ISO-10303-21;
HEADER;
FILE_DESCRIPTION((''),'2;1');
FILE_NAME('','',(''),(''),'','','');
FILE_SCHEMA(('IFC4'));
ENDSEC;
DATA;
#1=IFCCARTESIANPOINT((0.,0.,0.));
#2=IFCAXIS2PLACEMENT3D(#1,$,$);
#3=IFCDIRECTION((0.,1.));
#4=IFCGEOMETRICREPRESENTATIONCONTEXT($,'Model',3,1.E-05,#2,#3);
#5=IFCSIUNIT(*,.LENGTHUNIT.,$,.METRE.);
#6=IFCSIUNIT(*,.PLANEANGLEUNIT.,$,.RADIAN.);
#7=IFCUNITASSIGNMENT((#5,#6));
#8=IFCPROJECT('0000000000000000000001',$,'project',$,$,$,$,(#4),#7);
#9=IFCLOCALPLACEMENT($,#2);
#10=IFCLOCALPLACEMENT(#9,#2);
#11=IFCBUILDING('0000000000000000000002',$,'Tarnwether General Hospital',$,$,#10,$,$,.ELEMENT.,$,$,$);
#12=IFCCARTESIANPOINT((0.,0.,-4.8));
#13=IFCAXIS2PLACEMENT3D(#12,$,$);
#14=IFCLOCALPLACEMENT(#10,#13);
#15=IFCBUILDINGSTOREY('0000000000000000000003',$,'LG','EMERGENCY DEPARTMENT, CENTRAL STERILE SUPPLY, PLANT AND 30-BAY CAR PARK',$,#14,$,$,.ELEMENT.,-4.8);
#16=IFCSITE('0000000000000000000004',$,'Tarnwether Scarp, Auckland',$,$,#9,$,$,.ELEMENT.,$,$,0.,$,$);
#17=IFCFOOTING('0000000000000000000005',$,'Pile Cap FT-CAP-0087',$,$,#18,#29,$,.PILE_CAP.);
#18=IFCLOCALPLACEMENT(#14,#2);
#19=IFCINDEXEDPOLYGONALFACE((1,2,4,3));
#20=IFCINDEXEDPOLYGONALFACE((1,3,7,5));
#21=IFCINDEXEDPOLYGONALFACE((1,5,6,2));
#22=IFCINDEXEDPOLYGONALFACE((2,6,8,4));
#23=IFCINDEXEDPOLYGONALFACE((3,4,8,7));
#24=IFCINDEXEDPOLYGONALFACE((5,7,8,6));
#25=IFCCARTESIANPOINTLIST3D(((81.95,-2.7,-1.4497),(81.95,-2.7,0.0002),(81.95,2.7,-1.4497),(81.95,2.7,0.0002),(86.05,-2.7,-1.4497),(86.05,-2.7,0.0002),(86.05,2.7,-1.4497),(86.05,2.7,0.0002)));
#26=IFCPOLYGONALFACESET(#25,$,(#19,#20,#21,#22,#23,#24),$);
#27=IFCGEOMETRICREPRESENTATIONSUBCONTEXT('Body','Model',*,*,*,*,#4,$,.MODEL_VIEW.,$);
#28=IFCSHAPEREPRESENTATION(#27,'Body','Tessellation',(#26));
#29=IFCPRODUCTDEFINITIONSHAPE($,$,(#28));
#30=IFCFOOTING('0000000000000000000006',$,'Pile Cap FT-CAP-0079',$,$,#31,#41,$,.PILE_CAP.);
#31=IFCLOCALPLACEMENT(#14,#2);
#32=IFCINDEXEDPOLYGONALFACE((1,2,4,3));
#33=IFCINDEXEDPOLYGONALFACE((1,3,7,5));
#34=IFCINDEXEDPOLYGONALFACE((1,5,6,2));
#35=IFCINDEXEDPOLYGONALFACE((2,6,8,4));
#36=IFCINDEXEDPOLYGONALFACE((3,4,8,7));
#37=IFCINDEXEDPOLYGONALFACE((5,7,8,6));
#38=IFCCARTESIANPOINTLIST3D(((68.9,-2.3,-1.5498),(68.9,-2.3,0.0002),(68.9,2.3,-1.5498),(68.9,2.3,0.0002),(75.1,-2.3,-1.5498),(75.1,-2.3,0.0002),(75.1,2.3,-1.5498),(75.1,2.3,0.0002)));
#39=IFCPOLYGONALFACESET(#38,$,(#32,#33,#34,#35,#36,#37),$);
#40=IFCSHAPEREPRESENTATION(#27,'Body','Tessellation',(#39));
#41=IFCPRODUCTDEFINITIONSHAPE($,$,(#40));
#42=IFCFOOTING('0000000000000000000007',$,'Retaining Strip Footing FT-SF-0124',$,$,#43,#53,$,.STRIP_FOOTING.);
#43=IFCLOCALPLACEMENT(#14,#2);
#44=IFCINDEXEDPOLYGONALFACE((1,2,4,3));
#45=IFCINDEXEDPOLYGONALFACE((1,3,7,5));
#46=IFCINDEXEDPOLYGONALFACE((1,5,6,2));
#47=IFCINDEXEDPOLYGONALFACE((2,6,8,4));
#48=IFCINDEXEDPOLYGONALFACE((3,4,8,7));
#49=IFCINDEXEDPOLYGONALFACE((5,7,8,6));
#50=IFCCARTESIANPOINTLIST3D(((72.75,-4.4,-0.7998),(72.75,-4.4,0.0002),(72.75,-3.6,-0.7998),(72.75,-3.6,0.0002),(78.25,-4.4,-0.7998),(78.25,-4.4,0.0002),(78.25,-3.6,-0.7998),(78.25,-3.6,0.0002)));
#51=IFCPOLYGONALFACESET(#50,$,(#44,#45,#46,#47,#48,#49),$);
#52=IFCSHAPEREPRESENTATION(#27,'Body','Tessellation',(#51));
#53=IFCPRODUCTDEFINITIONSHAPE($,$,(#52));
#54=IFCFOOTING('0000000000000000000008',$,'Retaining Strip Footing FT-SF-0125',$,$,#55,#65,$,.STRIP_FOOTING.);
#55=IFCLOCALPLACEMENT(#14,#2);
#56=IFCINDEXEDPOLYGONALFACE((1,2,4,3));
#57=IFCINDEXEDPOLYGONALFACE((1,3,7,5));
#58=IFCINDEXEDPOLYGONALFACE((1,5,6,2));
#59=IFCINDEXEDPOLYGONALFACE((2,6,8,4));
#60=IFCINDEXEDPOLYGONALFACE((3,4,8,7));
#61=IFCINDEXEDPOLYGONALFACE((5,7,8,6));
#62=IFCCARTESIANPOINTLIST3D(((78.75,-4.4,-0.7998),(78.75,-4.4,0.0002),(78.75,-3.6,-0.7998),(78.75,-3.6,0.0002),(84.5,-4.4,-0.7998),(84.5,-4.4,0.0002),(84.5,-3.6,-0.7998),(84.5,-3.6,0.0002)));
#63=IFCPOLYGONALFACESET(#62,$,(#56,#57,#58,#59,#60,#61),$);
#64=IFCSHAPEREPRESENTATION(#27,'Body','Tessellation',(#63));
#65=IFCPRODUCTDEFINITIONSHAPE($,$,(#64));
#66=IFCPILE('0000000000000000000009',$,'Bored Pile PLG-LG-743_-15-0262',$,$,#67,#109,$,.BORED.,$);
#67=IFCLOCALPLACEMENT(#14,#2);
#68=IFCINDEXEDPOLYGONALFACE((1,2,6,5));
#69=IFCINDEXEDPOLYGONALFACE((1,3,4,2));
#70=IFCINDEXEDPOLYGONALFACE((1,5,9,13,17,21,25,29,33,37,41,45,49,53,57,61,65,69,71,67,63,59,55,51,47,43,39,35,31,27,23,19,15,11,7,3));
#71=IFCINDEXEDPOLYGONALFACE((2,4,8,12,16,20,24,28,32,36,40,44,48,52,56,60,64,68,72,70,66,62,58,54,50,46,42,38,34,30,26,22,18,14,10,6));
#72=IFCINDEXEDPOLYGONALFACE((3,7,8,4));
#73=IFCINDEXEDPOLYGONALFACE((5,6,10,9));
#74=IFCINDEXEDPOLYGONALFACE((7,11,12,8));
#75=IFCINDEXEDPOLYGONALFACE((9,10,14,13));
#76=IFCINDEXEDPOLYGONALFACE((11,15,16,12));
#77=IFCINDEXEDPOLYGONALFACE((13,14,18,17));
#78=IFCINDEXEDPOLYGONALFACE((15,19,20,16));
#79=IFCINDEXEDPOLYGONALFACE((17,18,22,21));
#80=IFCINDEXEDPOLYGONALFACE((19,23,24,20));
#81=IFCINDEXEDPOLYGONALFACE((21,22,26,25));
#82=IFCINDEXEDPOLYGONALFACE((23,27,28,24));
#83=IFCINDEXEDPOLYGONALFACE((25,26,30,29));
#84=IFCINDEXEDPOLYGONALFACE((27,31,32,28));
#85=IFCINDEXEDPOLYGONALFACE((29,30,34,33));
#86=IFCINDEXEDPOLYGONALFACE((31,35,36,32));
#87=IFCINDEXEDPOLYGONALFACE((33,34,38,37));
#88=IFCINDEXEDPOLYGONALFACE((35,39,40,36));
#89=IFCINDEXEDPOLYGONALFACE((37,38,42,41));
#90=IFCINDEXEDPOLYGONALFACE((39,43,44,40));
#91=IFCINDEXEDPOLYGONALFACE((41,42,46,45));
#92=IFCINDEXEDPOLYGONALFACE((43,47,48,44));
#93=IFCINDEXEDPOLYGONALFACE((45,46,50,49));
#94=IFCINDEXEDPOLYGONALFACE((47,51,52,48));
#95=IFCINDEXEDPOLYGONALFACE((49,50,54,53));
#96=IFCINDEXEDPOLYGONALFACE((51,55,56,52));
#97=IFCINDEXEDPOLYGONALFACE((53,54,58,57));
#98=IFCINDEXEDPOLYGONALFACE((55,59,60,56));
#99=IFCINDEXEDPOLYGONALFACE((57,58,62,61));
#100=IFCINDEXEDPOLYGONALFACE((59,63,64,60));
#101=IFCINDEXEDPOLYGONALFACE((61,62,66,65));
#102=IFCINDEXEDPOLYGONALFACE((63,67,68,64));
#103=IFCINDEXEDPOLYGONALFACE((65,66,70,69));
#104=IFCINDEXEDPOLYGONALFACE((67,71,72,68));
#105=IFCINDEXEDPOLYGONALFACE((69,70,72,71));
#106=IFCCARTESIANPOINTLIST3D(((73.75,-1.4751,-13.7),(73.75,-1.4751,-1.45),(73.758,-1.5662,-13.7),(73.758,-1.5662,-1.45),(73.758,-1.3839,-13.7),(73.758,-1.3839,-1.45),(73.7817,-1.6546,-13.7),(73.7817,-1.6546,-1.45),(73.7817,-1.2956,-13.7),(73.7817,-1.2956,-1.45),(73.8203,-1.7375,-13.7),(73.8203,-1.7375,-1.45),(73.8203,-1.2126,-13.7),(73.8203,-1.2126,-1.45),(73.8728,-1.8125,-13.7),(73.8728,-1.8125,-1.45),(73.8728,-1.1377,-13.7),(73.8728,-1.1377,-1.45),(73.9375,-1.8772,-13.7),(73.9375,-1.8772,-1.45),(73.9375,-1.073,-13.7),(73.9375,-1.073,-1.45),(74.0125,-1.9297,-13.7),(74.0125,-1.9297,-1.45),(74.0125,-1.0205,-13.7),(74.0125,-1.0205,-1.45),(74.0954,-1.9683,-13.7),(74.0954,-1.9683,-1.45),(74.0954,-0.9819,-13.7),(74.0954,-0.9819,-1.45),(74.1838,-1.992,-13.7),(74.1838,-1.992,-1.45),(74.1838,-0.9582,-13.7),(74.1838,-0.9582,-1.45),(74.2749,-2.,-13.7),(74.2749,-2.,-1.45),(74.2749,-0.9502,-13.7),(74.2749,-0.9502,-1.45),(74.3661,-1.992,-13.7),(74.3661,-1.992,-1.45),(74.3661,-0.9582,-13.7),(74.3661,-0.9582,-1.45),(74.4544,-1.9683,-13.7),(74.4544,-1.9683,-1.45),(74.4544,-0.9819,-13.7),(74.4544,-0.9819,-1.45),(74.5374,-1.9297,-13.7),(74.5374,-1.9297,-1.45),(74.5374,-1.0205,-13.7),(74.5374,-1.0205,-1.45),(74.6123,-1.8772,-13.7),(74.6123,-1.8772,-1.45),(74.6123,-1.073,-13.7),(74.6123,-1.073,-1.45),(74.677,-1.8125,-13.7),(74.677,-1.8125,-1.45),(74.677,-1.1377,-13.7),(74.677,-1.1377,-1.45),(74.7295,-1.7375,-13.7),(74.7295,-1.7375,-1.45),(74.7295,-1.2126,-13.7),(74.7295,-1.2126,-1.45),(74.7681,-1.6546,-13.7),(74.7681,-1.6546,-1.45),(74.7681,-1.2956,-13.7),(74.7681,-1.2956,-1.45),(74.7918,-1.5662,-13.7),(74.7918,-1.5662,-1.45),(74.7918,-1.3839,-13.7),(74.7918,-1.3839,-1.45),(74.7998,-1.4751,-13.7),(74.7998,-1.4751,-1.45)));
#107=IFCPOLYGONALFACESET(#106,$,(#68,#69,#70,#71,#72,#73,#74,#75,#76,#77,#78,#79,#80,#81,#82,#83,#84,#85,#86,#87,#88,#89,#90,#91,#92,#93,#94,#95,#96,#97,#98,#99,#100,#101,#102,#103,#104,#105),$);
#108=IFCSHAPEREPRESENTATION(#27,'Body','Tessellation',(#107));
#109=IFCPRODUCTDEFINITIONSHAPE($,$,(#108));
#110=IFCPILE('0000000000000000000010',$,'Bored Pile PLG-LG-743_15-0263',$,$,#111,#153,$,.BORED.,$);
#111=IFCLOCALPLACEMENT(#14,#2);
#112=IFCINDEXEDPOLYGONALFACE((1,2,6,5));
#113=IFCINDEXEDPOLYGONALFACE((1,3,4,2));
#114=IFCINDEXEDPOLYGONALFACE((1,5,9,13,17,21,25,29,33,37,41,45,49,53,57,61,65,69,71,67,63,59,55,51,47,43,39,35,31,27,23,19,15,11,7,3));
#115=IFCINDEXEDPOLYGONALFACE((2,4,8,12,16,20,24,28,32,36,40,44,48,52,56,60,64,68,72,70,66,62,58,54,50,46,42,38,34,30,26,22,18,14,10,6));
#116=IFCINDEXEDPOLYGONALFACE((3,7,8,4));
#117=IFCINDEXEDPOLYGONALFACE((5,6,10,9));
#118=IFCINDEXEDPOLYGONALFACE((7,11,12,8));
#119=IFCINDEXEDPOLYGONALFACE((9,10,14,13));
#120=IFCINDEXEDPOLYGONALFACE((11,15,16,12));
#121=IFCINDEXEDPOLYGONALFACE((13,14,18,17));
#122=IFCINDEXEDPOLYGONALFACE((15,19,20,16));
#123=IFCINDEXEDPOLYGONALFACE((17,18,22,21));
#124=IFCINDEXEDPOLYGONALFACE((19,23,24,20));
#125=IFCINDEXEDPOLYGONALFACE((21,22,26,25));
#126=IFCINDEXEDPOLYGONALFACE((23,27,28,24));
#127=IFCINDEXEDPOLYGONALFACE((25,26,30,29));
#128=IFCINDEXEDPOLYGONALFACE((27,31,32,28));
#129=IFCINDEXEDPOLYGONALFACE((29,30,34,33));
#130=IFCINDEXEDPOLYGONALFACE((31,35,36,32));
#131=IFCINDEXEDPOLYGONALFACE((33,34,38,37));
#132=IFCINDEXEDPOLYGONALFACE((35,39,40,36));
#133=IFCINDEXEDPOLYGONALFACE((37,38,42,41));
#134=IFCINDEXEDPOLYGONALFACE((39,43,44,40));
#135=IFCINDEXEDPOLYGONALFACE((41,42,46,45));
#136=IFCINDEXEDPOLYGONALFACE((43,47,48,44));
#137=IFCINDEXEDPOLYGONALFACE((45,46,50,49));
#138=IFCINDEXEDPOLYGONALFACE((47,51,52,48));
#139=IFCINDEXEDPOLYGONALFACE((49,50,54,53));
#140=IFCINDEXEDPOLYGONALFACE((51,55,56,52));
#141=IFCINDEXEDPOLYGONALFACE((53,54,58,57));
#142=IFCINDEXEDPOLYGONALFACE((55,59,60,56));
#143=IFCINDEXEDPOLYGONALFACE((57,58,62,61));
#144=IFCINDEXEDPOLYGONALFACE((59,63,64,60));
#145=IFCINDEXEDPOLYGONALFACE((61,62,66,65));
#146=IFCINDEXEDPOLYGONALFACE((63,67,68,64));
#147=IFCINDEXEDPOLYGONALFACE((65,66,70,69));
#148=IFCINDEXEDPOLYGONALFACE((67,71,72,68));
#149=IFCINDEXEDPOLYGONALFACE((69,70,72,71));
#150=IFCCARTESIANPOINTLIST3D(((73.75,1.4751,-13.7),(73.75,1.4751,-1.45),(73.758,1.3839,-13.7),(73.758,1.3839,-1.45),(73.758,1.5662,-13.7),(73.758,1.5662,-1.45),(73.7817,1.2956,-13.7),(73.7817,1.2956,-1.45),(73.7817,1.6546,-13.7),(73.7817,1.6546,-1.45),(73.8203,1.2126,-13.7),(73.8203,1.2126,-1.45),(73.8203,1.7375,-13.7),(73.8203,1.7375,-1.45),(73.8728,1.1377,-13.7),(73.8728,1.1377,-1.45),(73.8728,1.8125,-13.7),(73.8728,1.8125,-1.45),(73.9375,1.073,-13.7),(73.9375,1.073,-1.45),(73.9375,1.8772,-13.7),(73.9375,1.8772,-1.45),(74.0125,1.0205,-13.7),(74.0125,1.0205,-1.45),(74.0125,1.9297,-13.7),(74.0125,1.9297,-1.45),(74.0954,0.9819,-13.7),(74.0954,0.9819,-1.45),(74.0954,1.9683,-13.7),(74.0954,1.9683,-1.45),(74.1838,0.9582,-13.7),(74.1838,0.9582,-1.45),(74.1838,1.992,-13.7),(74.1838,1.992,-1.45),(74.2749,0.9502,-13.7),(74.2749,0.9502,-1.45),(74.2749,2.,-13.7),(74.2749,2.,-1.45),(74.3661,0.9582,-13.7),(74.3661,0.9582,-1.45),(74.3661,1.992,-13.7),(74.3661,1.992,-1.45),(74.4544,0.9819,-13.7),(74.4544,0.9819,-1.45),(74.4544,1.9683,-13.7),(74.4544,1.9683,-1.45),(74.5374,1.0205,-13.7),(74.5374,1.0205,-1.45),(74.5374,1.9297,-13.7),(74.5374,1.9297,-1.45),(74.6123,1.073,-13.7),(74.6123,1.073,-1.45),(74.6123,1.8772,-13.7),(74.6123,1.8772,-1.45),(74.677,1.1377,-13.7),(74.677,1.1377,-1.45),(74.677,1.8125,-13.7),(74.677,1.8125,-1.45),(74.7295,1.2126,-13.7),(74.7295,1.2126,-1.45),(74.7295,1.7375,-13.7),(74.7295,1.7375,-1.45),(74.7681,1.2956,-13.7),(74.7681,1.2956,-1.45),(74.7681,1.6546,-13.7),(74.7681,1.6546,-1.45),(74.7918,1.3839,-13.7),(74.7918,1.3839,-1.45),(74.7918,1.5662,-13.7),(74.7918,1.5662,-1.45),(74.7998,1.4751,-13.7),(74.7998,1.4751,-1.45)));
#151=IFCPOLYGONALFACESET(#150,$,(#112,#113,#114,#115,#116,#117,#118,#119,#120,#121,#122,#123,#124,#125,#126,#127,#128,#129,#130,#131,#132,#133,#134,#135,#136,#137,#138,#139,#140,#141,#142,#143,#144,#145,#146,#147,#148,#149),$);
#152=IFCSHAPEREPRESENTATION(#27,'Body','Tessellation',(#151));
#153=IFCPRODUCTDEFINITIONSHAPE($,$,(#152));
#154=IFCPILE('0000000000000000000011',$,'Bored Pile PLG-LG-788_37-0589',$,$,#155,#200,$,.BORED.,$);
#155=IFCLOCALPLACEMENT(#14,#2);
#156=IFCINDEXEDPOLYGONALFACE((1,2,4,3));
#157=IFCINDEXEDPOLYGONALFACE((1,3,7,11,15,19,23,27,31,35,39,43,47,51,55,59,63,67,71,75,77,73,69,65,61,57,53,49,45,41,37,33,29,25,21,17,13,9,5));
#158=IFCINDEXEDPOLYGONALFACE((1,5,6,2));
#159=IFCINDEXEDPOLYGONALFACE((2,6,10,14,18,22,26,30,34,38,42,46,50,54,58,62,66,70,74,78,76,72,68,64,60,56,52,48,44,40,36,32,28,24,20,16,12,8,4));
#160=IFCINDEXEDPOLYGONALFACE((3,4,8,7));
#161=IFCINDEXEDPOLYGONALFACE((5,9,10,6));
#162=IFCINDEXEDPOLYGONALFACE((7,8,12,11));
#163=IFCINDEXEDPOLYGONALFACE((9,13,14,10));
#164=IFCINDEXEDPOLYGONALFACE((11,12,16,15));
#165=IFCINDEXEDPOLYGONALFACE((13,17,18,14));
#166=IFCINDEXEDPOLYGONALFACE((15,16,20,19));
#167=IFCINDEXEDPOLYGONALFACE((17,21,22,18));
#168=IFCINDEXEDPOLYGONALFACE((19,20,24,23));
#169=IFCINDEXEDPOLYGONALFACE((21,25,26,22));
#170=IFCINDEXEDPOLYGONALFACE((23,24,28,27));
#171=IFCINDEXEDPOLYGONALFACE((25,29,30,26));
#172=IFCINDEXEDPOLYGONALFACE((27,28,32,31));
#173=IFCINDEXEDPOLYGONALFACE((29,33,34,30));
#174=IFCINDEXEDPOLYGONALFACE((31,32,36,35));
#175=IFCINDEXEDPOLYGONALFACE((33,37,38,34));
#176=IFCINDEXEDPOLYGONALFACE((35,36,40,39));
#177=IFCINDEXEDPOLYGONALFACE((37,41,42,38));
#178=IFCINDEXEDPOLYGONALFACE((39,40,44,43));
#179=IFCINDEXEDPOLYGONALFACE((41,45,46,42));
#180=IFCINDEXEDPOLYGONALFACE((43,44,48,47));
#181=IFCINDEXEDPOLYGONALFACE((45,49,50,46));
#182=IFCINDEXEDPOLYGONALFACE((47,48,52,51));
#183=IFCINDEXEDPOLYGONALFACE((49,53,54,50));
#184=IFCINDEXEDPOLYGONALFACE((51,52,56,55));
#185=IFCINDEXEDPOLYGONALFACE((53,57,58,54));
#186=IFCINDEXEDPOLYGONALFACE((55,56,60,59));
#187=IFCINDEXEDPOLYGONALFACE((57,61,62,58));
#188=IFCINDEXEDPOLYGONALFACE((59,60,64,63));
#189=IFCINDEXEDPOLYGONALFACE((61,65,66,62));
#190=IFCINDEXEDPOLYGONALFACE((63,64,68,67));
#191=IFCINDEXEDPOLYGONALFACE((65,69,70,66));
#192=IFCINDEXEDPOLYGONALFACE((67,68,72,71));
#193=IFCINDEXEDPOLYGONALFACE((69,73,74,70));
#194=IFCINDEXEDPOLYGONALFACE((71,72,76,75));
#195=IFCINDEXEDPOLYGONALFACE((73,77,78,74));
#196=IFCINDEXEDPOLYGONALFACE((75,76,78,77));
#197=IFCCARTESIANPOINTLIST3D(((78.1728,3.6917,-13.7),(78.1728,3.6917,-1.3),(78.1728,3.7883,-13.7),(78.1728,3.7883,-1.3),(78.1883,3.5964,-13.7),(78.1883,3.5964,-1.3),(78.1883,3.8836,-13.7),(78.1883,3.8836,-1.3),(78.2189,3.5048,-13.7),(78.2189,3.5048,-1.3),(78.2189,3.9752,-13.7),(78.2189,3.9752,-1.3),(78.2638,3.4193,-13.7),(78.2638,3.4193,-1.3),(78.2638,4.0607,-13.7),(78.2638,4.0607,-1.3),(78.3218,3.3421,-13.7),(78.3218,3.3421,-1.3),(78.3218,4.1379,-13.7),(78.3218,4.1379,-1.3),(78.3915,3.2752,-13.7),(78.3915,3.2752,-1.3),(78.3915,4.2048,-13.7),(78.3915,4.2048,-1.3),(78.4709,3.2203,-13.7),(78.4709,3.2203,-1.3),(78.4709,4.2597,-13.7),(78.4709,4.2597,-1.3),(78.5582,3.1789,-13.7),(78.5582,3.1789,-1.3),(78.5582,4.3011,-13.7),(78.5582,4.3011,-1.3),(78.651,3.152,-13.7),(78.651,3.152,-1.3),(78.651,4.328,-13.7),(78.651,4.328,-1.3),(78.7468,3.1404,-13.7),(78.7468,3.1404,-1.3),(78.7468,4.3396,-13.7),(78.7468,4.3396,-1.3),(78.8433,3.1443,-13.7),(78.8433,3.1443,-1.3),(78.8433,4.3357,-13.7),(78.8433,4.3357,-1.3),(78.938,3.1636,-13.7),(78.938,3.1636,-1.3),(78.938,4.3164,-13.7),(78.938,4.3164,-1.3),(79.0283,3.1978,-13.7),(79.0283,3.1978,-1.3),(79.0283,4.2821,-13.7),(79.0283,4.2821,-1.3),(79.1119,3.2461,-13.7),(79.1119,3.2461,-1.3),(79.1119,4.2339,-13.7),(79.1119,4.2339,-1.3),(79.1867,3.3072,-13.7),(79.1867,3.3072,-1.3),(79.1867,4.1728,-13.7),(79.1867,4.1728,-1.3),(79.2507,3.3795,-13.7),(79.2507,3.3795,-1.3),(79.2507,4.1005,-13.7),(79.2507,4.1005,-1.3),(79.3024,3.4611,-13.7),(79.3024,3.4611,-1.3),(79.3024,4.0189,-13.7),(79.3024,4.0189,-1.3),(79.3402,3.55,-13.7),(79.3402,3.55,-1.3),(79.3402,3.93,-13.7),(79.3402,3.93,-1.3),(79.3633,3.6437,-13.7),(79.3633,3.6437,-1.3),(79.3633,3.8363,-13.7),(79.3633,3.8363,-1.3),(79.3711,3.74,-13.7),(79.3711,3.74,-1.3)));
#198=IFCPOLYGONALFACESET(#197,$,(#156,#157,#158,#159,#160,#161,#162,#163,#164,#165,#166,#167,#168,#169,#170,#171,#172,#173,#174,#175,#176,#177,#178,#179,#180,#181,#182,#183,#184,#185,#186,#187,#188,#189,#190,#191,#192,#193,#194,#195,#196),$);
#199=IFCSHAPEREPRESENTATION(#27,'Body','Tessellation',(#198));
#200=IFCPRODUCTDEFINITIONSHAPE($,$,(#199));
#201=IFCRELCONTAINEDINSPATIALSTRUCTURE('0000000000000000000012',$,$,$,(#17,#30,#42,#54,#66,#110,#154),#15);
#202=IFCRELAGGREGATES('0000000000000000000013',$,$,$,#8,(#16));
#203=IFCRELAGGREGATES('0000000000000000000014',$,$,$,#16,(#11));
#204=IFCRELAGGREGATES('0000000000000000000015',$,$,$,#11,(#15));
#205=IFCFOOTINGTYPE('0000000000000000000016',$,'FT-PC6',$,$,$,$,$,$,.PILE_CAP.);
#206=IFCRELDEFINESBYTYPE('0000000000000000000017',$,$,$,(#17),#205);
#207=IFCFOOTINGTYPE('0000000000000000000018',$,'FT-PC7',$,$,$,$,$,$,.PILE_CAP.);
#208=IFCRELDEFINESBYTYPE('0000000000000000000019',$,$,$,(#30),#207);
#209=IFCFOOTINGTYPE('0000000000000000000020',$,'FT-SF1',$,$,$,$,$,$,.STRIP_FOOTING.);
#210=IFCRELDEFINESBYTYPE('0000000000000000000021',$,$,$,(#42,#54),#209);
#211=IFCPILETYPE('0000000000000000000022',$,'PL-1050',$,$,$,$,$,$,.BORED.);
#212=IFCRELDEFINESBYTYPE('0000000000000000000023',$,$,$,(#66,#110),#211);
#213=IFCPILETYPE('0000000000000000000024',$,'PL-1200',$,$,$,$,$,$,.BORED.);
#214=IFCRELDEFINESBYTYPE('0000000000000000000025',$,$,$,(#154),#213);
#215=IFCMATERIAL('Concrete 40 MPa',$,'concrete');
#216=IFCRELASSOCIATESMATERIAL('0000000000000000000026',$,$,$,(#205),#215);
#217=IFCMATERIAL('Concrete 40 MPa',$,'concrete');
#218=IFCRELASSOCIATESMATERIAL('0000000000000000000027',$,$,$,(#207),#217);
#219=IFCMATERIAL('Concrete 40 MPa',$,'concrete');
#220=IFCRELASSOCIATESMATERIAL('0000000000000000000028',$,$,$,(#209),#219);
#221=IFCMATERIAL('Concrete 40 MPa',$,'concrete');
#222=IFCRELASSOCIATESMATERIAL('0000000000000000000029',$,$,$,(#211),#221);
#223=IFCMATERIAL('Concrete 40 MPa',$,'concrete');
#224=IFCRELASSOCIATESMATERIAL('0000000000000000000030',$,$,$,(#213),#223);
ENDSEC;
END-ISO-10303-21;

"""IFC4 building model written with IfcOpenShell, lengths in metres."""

from ifc_helpers import new_model, si_unit, direction, frame, origin, origin_2d, place, context, subcontext, project, spatial, rectangle, circle, extrude, material, material_profile, profile_set, type_object, element, save


model = new_model("IFC4")

# Units and contexts
model_context = context("Model", 3, precision=1e-05, world=origin(), true_north=direction((0.0, 1.0)))
body_context = subcontext(model_context, "Body", "Model", "MODEL_VIEW")
ifc_project = project(units=[si_unit("LENGTHUNIT", "METRE"), si_unit("PLANEANGLEUNIT", "RADIAN")], contexts=[model_context])

# Site, building, storey
site_placement = place(None, origin())
site = spatial("IfcSite", under=ifc_project, at=site_placement, Name="Tarnwether Scarp, Auckland", CompositionType="ELEMENT", RefElevation=0.0)
building_placement = place(site_placement, origin())
building = spatial("IfcBuilding", under=site, at=building_placement, Name="Tarnwether General Hospital", CompositionType="ELEMENT")
storey_placement = place(building_placement, frame((0.0, 0.0, -4.8)))
storey = spatial("IfcBuildingStorey", under=building, at=storey_placement, Name="LG", Description="EMERGENCY DEPARTMENT, CENTRAL STERILE SUPPLY, PLANT AND 30-BAY CAR PARK", CompositionType="ELEMENT", Elevation=-4.8)

# Footings
ifc_material_1 = material(Name="Concrete 40 MPa", Category="concrete")
footing_type_1 = type_object("IfcFootingType", Name="FT-PC6", PredefinedType="PILE_CAP", material=ifc_material_1)
footing_1_placement = place(storey_placement, frame((84.0, 0.0, -1.4497), z_axis=(0.0, 0.0, 1.0), x_axis=(0.0, 1.0, 0.0)))
element("IfcFooting", 1, at=footing_1_placement, inside=storey, type_object=footing_type_1, Name="Pile Cap FT-CAP-0087", PredefinedType="PILE_CAP", context=body_context, shape_type="SweptSolid", body=[
    extrude(rectangle(XDim=5.3999, YDim=4.1001, at=origin_2d()), origin(), (0.0, 0.0, 1.0), 1.45),
])
ifc_material_2 = material(Name="Concrete 40 MPa", Category="concrete")
footing_type_2 = type_object("IfcFootingType", Name="FT-PC7", PredefinedType="PILE_CAP", material=ifc_material_2)
footing_2_placement = place(storey_placement, frame((72.0, 0.0, -1.5498), z_axis=(0.0, 0.0, 1.0), x_axis=(1.0, 0.0, 0.0)))
element("IfcFooting", 2, at=footing_2_placement, inside=storey, type_object=footing_type_2, Name="Pile Cap FT-CAP-0079", PredefinedType="PILE_CAP", context=body_context, shape_type="SweptSolid", body=[
    extrude(rectangle(XDim=6.2, YDim=4.6001, at=origin_2d()), origin(), (0.0, 0.0, 1.0), 1.55),
])
ifc_material_3 = material(Name="Concrete 40 MPa", Category="concrete")
footing_type_3 = type_object("IfcFootingType", Name="FT-SF1", PredefinedType="STRIP_FOOTING", material=ifc_material_3)
footing_3_placement = place(storey_placement, frame((75.5, -4.0, -0.7998), z_axis=(0.0, 0.0, 1.0), x_axis=(1.0, 0.0, 0.0)))
element("IfcFooting", 3, at=footing_3_placement, inside=storey, type_object=footing_type_3, Name="Retaining Strip Footing FT-SF-0124", PredefinedType="STRIP_FOOTING", context=body_context, shape_type="SweptSolid", body=[
    extrude(rectangle(XDim=5.5, YDim=0.8, at=origin_2d()), origin(), (0.0, 0.0, 1.0), 0.8),
])
footing_4_placement = place(storey_placement, frame((81.625, -4.0, -0.7998), z_axis=(0.0, 0.0, 1.0), x_axis=(1.0, 0.0, 0.0)))
element("IfcFooting", 4, at=footing_4_placement, inside=storey, type_object=footing_type_3, Name="Retaining Strip Footing FT-SF-0125", PredefinedType="STRIP_FOOTING", context=body_context, shape_type="SweptSolid", body=[
    extrude(rectangle(XDim=5.75, YDim=0.8, at=origin_2d()), origin(), (0.0, 0.0, 1.0), 0.8),
])

# Piles
ifc_material_4 = material(Name="Concrete 40 MPa", Category="concrete")
ifc_material_profile_1 = material_profile(ifc_material_4, circle(Radius=0.5249, at=origin_2d()), Name="PILE-D1050")
ifc_profile_set_1 = profile_set([ifc_material_profile_1], Name="Concrete 40 MPa")
pile_type_1 = type_object("IfcPileType", Name="PL-1050", PredefinedType="BORED", material=ifc_profile_set_1)
for number, where, z_axis, x_axis, name in (
    (5, (74.2749, -1.4751, -1.45), (0.0, 0.0, -1.0), (1.0, 0.0, 0.0), "Bored Pile PLG-LG-743_-15-0262"),
    (6, (74.2749, 1.4751, -1.45), (0.0, 0.0, -1.0), (1.0, 0.0, 0.0), "Bored Pile PLG-LG-743_15-0263"),
):
    element("IfcPile", number, at=place(storey_placement, frame(where, z_axis=z_axis, x_axis=x_axis)), inside=storey, type_object=pile_type_1, Name=name, PredefinedType="BORED", context=body_context, shape_type="SweptSolid", body=[
        extrude(circle(Radius=0.5249, at=origin_2d()), origin(), (0.0, 0.0, 1.0), 12.25),
    ])
ifc_material_5 = material(Name="Concrete 40 MPa", Category="concrete")
ifc_material_profile_2 = material_profile(ifc_material_5, circle(Radius=0.6001, at=origin_2d()), Name="PILE-D1200")
ifc_profile_set_2 = profile_set([ifc_material_profile_2], Name="Concrete 40 MPa")
pile_type_2 = type_object("IfcPileType", Name="PL-1200", PredefinedType="BORED", material=ifc_profile_set_2)
pile_placement = place(storey_placement, frame((78.771, 3.74, -1.3), z_axis=(0.0, 0.0, -1.0), x_axis=(1.0, 0.0, 0.0)))
element("IfcPile", 7, at=pile_placement, inside=storey, type_object=pile_type_2, Name="Bored Pile PLG-LG-788_37-0589", PredefinedType="BORED", context=body_context, shape_type="SweptSolid", body=[
    extrude(circle(Radius=0.6001, at=origin_2d()), origin(), (0.0, 0.0, 1.0), 12.3999),
])

save(model, "model.ifc")
